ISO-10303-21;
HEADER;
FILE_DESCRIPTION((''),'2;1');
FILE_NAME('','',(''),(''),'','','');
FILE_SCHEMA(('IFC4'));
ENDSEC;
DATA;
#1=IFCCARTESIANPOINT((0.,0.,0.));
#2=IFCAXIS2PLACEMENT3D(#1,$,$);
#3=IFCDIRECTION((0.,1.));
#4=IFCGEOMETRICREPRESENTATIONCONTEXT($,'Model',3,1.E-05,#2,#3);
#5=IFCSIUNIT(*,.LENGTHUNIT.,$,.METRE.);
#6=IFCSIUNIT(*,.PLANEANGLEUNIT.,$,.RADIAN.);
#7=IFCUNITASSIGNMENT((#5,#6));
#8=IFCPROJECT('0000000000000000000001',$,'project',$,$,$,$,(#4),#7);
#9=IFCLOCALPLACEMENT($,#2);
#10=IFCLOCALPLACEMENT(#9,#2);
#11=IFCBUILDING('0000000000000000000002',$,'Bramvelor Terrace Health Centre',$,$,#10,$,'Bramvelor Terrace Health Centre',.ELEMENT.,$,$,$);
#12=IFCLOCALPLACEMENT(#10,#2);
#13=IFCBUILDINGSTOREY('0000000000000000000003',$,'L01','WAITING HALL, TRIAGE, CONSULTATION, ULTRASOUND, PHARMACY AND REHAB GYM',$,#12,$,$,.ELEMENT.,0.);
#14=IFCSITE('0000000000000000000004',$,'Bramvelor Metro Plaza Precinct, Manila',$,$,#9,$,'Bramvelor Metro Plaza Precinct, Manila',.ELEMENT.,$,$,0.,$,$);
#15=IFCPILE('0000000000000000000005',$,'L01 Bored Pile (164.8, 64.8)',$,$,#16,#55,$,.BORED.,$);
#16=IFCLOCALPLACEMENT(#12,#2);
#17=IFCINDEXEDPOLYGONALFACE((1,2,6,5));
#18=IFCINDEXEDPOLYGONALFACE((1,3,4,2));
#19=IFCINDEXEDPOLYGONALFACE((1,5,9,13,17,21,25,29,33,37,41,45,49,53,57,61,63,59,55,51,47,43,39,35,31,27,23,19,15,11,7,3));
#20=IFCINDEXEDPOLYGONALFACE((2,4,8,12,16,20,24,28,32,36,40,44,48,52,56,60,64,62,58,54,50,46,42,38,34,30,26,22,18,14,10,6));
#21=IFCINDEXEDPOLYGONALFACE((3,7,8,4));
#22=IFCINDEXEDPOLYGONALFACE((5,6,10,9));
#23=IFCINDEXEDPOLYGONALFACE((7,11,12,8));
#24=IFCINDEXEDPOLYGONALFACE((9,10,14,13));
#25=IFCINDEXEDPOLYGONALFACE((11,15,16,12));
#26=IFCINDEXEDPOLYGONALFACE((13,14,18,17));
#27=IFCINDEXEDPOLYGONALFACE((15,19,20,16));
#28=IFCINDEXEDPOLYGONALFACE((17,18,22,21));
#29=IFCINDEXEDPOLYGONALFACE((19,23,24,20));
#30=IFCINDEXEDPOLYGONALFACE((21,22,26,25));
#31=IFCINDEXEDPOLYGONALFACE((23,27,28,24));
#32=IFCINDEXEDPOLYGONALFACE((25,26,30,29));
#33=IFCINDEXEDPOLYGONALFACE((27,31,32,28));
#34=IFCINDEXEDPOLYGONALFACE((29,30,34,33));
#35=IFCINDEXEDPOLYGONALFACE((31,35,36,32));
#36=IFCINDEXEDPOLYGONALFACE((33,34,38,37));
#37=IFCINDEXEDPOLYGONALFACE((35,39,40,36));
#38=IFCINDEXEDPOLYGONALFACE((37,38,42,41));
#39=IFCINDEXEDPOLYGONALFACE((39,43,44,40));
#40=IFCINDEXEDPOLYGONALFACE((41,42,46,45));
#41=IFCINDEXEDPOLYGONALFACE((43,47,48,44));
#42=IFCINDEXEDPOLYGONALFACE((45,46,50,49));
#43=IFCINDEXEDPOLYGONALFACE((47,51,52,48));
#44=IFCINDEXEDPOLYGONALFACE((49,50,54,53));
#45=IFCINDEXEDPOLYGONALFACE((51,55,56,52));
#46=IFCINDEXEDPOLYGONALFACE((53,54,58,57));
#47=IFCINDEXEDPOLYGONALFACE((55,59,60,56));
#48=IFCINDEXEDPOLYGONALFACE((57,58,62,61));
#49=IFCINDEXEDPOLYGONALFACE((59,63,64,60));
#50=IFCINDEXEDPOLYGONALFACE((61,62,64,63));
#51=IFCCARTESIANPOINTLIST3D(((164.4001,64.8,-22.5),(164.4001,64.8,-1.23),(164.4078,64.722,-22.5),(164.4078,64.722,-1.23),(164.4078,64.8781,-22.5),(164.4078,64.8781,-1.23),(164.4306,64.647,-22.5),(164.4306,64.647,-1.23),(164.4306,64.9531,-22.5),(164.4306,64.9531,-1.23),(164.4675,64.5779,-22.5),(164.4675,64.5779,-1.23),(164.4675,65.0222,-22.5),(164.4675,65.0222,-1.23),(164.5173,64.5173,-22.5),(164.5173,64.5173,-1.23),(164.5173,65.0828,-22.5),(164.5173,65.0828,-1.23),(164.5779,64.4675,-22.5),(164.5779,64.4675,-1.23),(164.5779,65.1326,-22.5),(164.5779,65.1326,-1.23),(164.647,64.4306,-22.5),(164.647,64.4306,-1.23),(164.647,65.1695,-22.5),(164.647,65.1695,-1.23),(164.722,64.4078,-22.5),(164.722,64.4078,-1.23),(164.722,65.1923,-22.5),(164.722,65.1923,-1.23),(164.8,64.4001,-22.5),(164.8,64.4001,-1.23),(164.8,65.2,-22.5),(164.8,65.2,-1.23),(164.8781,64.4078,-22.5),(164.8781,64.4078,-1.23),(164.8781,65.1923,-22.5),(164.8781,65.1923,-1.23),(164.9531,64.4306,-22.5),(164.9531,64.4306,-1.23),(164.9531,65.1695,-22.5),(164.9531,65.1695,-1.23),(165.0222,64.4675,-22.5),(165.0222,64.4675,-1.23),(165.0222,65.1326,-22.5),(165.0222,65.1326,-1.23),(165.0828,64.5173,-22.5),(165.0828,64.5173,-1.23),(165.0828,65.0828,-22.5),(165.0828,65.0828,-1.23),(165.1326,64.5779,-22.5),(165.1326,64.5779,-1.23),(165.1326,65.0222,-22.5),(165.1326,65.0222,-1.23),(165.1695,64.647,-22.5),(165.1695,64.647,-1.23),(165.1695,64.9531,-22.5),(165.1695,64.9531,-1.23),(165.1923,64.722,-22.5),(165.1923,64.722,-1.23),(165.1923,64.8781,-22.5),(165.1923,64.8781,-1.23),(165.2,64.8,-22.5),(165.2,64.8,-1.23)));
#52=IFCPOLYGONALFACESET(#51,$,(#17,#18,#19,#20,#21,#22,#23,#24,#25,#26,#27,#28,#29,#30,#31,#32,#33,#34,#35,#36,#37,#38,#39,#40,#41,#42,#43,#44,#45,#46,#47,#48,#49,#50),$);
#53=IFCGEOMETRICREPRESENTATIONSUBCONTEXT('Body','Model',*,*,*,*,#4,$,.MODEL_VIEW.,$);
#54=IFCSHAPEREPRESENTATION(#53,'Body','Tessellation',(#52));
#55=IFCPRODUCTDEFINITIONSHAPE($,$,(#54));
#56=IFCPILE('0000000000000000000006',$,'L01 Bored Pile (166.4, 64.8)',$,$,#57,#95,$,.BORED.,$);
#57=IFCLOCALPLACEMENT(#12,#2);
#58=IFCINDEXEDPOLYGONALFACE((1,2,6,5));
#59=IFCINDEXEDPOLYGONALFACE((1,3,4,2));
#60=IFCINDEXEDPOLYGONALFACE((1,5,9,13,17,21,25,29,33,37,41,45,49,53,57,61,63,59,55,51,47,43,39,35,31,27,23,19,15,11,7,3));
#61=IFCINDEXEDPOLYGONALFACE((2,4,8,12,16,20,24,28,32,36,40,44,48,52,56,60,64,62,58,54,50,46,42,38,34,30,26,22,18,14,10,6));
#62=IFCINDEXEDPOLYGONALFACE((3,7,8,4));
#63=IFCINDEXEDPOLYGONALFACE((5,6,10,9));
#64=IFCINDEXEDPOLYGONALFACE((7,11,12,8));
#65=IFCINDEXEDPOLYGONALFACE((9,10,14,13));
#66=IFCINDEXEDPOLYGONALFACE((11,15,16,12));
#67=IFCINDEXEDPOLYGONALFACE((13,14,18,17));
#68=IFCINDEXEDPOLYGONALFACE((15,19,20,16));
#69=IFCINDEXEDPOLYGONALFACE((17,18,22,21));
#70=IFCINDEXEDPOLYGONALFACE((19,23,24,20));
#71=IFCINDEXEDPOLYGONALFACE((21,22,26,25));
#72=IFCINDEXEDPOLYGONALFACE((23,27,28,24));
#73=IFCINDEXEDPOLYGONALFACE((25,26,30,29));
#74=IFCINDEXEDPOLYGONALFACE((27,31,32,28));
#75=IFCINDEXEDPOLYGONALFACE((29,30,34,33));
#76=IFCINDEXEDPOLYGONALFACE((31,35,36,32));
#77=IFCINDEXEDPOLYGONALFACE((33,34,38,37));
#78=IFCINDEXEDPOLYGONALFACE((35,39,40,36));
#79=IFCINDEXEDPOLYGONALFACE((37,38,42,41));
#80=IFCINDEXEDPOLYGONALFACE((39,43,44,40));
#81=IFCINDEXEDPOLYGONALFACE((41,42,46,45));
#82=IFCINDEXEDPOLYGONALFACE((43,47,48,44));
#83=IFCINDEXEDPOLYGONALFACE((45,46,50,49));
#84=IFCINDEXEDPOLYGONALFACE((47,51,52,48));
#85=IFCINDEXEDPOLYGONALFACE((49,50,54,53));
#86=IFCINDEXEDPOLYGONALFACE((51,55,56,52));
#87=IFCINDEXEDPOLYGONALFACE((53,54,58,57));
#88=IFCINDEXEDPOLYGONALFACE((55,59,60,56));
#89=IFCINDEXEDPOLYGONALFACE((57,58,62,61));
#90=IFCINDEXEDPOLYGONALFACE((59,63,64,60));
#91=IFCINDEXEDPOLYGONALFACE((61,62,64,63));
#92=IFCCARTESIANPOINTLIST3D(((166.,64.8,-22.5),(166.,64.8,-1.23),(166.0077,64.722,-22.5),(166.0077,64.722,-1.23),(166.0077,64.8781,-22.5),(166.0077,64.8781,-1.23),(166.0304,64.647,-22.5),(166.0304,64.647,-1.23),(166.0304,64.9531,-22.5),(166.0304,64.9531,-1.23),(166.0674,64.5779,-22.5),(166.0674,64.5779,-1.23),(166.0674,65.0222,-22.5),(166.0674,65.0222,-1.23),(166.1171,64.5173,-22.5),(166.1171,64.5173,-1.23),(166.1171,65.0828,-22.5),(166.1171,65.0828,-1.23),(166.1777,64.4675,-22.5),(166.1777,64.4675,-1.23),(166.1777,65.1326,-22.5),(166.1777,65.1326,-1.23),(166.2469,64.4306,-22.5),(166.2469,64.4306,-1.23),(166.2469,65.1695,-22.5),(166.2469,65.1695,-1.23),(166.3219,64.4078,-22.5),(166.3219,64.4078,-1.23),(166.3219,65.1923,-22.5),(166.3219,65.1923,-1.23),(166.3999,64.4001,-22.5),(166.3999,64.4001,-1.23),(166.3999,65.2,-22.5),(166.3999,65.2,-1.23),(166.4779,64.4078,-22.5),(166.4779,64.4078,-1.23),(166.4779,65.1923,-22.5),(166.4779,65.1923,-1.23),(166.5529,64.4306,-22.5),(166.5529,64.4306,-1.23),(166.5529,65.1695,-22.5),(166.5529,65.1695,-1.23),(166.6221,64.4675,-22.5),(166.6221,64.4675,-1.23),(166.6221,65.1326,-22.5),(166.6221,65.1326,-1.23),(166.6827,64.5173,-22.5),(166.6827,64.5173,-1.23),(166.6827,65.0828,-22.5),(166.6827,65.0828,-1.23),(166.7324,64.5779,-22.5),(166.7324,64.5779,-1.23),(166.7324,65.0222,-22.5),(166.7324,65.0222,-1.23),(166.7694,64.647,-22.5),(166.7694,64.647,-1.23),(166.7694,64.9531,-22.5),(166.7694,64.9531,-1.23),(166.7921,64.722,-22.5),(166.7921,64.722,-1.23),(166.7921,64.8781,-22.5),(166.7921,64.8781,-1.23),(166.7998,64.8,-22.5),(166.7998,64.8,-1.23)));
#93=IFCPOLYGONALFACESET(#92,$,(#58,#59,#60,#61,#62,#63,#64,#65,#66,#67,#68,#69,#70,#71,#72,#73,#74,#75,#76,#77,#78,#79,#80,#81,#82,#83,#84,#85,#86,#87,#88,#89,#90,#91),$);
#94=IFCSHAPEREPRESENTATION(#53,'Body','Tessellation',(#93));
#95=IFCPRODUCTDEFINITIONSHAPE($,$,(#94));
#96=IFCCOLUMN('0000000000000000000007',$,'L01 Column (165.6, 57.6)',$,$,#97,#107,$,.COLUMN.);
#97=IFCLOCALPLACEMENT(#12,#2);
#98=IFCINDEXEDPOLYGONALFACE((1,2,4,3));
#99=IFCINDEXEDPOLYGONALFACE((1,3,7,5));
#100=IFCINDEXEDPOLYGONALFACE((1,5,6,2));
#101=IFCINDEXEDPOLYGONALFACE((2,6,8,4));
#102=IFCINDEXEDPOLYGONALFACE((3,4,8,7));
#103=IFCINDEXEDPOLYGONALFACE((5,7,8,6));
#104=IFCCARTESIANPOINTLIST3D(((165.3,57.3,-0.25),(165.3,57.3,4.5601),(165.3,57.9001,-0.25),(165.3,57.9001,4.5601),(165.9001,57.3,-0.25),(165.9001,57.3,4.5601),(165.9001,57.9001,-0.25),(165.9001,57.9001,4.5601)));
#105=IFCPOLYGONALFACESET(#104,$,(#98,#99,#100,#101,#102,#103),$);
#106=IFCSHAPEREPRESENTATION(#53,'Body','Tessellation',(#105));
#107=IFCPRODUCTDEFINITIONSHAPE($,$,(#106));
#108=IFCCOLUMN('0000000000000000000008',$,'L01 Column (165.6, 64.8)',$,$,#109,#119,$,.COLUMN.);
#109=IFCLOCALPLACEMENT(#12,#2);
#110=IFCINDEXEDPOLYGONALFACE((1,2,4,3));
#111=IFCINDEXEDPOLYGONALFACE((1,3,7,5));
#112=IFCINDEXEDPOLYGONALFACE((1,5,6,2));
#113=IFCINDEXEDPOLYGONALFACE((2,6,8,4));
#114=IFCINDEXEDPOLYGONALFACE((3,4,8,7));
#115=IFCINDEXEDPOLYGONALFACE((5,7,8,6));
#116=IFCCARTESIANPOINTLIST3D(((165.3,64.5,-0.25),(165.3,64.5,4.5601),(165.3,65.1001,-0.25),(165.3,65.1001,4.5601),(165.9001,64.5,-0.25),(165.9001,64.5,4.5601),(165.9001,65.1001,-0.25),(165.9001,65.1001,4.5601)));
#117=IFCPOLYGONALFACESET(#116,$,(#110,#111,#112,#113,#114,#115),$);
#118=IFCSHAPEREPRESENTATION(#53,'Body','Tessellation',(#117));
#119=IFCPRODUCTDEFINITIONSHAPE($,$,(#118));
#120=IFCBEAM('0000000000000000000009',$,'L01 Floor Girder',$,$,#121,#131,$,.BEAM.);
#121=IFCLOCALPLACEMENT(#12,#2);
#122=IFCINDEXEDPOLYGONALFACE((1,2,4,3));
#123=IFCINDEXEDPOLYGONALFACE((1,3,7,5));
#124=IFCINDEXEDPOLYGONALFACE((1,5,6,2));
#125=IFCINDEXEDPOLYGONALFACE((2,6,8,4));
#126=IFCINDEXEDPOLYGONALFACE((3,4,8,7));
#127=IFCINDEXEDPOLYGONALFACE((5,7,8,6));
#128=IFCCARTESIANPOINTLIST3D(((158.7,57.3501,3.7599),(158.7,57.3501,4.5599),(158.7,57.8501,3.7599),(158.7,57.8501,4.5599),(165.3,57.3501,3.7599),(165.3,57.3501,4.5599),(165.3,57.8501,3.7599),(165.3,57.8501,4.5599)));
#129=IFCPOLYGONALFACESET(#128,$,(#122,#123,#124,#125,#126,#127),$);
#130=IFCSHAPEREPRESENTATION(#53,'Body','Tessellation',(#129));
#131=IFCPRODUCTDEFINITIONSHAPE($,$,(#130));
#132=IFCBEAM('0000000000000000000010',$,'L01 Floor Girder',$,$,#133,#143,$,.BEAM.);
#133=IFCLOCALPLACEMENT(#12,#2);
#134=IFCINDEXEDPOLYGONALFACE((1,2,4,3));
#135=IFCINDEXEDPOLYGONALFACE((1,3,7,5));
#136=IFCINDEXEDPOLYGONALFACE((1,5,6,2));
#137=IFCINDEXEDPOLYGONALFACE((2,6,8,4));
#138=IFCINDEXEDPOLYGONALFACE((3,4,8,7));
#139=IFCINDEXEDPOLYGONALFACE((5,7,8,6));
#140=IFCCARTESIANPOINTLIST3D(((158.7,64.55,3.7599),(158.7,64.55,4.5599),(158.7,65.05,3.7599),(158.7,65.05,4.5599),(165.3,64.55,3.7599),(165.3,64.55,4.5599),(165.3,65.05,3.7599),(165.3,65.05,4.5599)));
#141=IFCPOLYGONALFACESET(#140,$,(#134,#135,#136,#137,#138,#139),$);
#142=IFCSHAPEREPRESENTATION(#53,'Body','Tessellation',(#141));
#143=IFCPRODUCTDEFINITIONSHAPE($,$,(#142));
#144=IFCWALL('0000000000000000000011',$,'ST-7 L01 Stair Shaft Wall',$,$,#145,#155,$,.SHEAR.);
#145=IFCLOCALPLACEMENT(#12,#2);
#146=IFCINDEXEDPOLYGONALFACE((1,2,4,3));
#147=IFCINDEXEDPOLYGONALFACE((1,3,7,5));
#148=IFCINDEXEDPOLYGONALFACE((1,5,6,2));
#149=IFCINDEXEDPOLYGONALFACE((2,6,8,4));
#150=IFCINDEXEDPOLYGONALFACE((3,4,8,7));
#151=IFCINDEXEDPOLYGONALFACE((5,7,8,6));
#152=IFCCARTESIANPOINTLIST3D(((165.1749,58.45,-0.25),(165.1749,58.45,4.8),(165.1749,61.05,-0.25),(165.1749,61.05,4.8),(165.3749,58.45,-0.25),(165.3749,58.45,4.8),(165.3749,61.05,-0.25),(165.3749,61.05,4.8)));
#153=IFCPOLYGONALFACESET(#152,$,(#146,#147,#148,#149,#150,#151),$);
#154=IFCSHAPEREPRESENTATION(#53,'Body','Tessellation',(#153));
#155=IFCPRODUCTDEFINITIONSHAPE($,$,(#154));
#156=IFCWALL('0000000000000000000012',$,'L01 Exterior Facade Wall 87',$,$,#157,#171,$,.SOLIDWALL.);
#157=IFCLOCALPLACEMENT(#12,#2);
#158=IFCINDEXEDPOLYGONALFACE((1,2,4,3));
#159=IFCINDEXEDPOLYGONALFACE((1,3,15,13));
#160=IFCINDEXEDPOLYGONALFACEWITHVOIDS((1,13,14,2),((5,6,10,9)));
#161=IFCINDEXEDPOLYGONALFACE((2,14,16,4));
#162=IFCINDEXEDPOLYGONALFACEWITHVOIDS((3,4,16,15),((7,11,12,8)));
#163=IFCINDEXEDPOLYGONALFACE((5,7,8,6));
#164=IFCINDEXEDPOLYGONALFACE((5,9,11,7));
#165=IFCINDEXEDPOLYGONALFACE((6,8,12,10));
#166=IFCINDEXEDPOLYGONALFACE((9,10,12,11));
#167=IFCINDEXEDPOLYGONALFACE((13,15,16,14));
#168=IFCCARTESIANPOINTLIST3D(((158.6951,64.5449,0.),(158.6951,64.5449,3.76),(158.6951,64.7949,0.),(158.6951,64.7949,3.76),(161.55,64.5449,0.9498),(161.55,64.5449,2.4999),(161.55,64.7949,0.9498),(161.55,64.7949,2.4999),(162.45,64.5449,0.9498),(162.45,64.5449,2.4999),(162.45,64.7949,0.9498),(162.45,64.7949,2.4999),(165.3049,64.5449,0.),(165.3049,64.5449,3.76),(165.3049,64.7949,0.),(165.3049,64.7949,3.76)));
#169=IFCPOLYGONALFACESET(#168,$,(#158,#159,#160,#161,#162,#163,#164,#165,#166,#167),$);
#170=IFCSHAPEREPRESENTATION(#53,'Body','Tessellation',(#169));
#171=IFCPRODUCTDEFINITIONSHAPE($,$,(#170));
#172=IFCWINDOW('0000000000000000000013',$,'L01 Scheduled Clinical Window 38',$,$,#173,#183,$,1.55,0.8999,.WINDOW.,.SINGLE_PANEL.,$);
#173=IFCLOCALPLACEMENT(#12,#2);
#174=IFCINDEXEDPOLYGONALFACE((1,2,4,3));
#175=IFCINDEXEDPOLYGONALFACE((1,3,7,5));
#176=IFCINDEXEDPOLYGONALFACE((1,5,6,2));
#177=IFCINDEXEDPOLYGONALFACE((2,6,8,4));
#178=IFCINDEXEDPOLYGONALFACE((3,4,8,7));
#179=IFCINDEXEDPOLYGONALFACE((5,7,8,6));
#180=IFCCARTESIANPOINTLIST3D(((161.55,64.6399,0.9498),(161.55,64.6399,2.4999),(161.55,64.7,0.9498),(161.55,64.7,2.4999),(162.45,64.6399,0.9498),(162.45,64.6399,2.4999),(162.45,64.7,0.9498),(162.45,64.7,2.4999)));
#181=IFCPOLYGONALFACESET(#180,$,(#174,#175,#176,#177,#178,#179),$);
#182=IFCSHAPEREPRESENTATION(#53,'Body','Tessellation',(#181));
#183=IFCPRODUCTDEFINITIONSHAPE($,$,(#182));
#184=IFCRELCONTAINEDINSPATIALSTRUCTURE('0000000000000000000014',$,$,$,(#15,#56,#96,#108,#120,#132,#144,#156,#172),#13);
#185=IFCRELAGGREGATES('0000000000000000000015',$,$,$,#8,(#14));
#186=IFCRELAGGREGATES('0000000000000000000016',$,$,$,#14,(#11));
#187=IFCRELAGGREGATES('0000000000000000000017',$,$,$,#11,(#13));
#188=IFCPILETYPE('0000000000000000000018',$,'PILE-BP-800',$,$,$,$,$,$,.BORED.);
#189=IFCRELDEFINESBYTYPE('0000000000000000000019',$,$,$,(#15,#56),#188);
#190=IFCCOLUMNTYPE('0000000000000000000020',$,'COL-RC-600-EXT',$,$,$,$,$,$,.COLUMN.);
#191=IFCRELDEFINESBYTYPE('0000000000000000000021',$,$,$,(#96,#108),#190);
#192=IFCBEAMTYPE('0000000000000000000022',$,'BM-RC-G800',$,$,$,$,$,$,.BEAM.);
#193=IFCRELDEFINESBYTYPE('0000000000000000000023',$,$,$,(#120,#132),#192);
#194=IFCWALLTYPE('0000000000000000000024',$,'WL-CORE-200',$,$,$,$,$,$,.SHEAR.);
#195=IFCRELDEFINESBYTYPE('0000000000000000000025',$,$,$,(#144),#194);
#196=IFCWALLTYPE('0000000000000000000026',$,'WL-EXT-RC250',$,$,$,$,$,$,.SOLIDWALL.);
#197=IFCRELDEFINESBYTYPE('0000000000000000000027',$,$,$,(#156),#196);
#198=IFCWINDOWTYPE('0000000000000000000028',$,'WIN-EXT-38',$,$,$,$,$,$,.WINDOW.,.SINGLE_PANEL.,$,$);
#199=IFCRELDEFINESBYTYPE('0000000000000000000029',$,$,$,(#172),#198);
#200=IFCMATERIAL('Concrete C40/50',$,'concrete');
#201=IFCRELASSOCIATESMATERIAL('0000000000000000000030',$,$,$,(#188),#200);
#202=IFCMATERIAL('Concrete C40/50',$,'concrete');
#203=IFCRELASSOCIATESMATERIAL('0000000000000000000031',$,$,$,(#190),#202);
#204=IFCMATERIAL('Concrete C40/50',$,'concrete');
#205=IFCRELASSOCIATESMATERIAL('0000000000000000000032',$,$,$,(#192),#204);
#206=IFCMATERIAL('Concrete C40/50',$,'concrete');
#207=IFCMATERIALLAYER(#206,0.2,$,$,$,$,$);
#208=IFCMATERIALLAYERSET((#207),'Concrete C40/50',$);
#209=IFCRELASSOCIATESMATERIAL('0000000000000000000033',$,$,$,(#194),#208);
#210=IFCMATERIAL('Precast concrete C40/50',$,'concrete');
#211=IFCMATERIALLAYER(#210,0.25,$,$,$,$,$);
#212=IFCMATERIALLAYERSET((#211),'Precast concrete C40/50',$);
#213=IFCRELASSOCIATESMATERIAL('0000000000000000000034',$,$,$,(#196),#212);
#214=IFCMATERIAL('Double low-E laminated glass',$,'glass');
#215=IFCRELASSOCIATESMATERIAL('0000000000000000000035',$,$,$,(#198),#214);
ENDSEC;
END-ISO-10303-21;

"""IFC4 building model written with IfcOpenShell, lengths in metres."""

from ifc_helpers import new_model, si_unit, direction, frame, frame_2d, origin, origin_2d, place, context, subcontext, project, spatial, rectangle, circle, extrude, material, layer, layer_set, material_profile, profile_set, type_object, element, fill, save


model = new_model("IFC4")

# Units and contexts
model_context = context("Model", 3, precision=1e-05, world=origin(), true_north=direction((0.0, 1.0)))
body_context = subcontext(model_context, "Body", "Model", "MODEL_VIEW")
ifc_project = project(units=[si_unit("LENGTHUNIT", "METRE"), si_unit("PLANEANGLEUNIT", "RADIAN")], contexts=[model_context])

# Site, building, storey
site_placement = place(None, origin())
site = spatial("IfcSite", under=ifc_project, at=site_placement, Name="Bramvelor Metro Plaza Precinct, Manila", LongName="Bramvelor Metro Plaza Precinct, Manila", CompositionType="ELEMENT", RefElevation=0.0)
building_placement = place(site_placement, origin())
building = spatial("IfcBuilding", under=site, at=building_placement, Name="Bramvelor Terrace Health Centre", LongName="Bramvelor Terrace Health Centre", CompositionType="ELEMENT")
storey_placement = place(building_placement, origin())
storey = spatial("IfcBuildingStorey", under=building, at=storey_placement, Name="L01", Description="WAITING HALL, TRIAGE, CONSULTATION, ULTRASOUND, PHARMACY AND REHAB GYM", CompositionType="ELEMENT", Elevation=0.0)

# Piles
ifc_material_1 = material(Name="Concrete C40/50", Category="concrete")
ifc_material_profile_1 = material_profile(ifc_material_1, circle(Radius=0.3999, at=origin_2d()), Name="BP D800")
ifc_profile_set_1 = profile_set([ifc_material_profile_1], Name="Concrete C40/50")
pile_type = type_object("IfcPileType", Name="PILE-BP-800", PredefinedType="BORED", material=ifc_profile_set_1)
for number, where, z_axis, x_axis, name in (
    (1, (164.8, 64.8, -1.23), (0.0, 0.0, -1.0), (1.0, 0.0, 0.0), "L01 Bored Pile (164.8, 64.8)"),
    (2, (166.3999, 64.8, -1.23), (0.0, 0.0, -1.0), (1.0, 0.0, 0.0), "L01 Bored Pile (166.4, 64.8)"),
):
    element("IfcPile", number, at=place(storey_placement, frame(where, z_axis=z_axis, x_axis=x_axis)), inside=storey, type_object=pile_type, Name=name, PredefinedType="BORED", context=body_context, shape_type="SweptSolid", body=[
        extrude(circle(Radius=0.3999, at=origin_2d()), origin(), (0.0, 0.0, 1.0), 21.27),
    ])

# Columns
ifc_material_2 = material(Name="Concrete C40/50", Category="concrete")
ifc_material_profile_2 = material_profile(ifc_material_2, rectangle(XDim=0.6001, YDim=0.6001, at=origin_2d()), Name="RC 600x600")
ifc_profile_set_2 = profile_set([ifc_material_profile_2], Name="Concrete C40/50")
column_type = type_object("IfcColumnType", Name="COL-RC-600-EXT", PredefinedType="COLUMN", material=ifc_profile_set_2)
for number, where, z_axis, x_axis, name in (
    (3, (165.6001, 57.6001, -0.25), (0.0, 0.0, 1.0), (1.0, 0.0, 0.0), "L01 Column (165.6, 57.6)"),
    (4, (165.6001, 64.8, -0.25), (0.0, 0.0, 1.0), (1.0, 0.0, 0.0), "L01 Column (165.6, 64.8)"),
):
    element("IfcColumn", number, at=place(storey_placement, frame(where, z_axis=z_axis, x_axis=x_axis)), inside=storey, type_object=column_type, Name=name, PredefinedType="COLUMN", context=body_context, shape_type="SweptSolid", body=[
        extrude(rectangle(XDim=0.6001, YDim=0.6001, at=origin_2d()), origin(), (0.0, 0.0, 1.0), 4.8101),
    ])

# Beams
ifc_material_3 = material(Name="Concrete C40/50", Category="concrete")
ifc_material_profile_3 = material_profile(ifc_material_3, rectangle(XDim=0.5, YDim=0.8, at=origin_2d()), Name="RC 500x800")
ifc_profile_set_3 = profile_set([ifc_material_profile_3], Name="Concrete C40/50")
beam_type = type_object("IfcBeamType", Name="BM-RC-G800", PredefinedType="BEAM", material=ifc_profile_set_3)
for number, where, z_axis, x_axis, name in (
    (5, (158.7, 57.6001, 4.1599), (1.0, 0.0, 0.0), (0.0, 1.0, 0.0), "L01 Floor Girder"),
    (6, (158.7, 64.8, 4.1599), (1.0, 0.0, 0.0), (0.0, 1.0, 0.0), "L01 Floor Girder"),
):
    element("IfcBeam", number, at=place(storey_placement, frame(where, z_axis=z_axis, x_axis=x_axis)), inside=storey, type_object=beam_type, Name=name, PredefinedType="BEAM", context=body_context, shape_type="SweptSolid", body=[
        extrude(rectangle(XDim=0.5, YDim=0.8, at=origin_2d()), origin(), (0.0, 0.0, 1.0), 6.6001),
    ])

# Wall
ifc_material_4 = material(Name="Concrete C40/50", Category="concrete")
ifc_layer_1 = layer(ifc_material_4, 0.2)
ifc_layer_set_1 = layer_set([ifc_layer_1], Name="Concrete C40/50")
wall_type_1 = type_object("IfcWallType", Name="WL-CORE-200", PredefinedType="SHEAR", material=ifc_layer_set_1)
wall_1_placement = place(storey_placement, frame((165.2749, 58.45, -0.25), z_axis=(0.0, 0.0, 1.0), x_axis=(0.0, 1.0, 0.0)))
element("IfcWall", 7, at=wall_1_placement, inside=storey, type_object=wall_type_1, Name="ST-7 L01 Stair Shaft Wall", PredefinedType="SHEAR", context=body_context, shape_type="SweptSolid", body=[
    extrude(rectangle(XDim=2.6001, YDim=0.2, at=frame_2d((1.3, 0.0))), origin(), (0.0, 0.0, 1.0), 5.05),
])

# Wall, opening, window
ifc_material_5 = material(Name="Precast concrete C40/50", Category="concrete")
ifc_layer_2 = layer(ifc_material_5, 0.25)
ifc_layer_set_2 = layer_set([ifc_layer_2], Name="Precast concrete C40/50")
wall_type_2 = type_object("IfcWallType", Name="WL-EXT-RC250", PredefinedType="SOLIDWALL", material=ifc_layer_set_2)
wall_2_placement = place(storey_placement, frame((158.6951, 64.6699, 0.0), z_axis=(0.0, 0.0, 1.0), x_axis=(1.0, 0.0, 0.0)))
wall_2 = element("IfcWall", 8, at=wall_2_placement, inside=storey, type_object=wall_type_2, Name="L01 Exterior Facade Wall 87", PredefinedType="SOLIDWALL", context=body_context, shape_type="SweptSolid", body=[
    extrude(rectangle(XDim=6.6099, YDim=0.25, at=frame_2d((3.3049, 0.0))), origin(), (0.0, 0.0, 1.0), 3.76),
])
opening_placement = place(wall_2_placement, frame((2.855, 0.0, 0.95)))
opening = element("IfcOpeningElement", 9, at=opening_placement, cuts=wall_2, PredefinedType="OPENING", context=body_context, shape_type="SweptSolid", body=[
    extrude(rectangle(XDim=0.8999, YDim=1.55, at=frame_2d((0.45, 0.7749))), frame((0.0, 0.135, 0.0), z_axis=(0.0, -1.0, 0.0), x_axis=(1.0, 0.0, 0.0)), (0.0, 0.0, 1.0), 0.27),
])
ifc_material_6 = material(Name="Double low-E laminated glass", Category="glass")
window_type = type_object("IfcWindowType", Name="WIN-EXT-38", PartitioningType="SINGLE_PANEL", PredefinedType="WINDOW", material=ifc_material_6)
window_placement = place(opening_placement, origin())
window = element("IfcWindow", 10, at=window_placement, inside=storey, type_object=window_type, Name="L01 Scheduled Clinical Window 38", OverallHeight=1.55, OverallWidth=0.8999, PartitioningType="SINGLE_PANEL", PredefinedType="WINDOW", context=body_context, shape_type="SweptSolid", body=[
    extrude(rectangle(XDim=0.8999, YDim=1.55, at=frame_2d((0.45, 0.7749))), frame((0.0, 0.03, 0.0), z_axis=(0.0, -1.0, 0.0), x_axis=(1.0, 0.0, 0.0)), (0.0, 0.0, 1.0), 0.0601),
])
fill(opening, window)

save(model, "model.ifc")
